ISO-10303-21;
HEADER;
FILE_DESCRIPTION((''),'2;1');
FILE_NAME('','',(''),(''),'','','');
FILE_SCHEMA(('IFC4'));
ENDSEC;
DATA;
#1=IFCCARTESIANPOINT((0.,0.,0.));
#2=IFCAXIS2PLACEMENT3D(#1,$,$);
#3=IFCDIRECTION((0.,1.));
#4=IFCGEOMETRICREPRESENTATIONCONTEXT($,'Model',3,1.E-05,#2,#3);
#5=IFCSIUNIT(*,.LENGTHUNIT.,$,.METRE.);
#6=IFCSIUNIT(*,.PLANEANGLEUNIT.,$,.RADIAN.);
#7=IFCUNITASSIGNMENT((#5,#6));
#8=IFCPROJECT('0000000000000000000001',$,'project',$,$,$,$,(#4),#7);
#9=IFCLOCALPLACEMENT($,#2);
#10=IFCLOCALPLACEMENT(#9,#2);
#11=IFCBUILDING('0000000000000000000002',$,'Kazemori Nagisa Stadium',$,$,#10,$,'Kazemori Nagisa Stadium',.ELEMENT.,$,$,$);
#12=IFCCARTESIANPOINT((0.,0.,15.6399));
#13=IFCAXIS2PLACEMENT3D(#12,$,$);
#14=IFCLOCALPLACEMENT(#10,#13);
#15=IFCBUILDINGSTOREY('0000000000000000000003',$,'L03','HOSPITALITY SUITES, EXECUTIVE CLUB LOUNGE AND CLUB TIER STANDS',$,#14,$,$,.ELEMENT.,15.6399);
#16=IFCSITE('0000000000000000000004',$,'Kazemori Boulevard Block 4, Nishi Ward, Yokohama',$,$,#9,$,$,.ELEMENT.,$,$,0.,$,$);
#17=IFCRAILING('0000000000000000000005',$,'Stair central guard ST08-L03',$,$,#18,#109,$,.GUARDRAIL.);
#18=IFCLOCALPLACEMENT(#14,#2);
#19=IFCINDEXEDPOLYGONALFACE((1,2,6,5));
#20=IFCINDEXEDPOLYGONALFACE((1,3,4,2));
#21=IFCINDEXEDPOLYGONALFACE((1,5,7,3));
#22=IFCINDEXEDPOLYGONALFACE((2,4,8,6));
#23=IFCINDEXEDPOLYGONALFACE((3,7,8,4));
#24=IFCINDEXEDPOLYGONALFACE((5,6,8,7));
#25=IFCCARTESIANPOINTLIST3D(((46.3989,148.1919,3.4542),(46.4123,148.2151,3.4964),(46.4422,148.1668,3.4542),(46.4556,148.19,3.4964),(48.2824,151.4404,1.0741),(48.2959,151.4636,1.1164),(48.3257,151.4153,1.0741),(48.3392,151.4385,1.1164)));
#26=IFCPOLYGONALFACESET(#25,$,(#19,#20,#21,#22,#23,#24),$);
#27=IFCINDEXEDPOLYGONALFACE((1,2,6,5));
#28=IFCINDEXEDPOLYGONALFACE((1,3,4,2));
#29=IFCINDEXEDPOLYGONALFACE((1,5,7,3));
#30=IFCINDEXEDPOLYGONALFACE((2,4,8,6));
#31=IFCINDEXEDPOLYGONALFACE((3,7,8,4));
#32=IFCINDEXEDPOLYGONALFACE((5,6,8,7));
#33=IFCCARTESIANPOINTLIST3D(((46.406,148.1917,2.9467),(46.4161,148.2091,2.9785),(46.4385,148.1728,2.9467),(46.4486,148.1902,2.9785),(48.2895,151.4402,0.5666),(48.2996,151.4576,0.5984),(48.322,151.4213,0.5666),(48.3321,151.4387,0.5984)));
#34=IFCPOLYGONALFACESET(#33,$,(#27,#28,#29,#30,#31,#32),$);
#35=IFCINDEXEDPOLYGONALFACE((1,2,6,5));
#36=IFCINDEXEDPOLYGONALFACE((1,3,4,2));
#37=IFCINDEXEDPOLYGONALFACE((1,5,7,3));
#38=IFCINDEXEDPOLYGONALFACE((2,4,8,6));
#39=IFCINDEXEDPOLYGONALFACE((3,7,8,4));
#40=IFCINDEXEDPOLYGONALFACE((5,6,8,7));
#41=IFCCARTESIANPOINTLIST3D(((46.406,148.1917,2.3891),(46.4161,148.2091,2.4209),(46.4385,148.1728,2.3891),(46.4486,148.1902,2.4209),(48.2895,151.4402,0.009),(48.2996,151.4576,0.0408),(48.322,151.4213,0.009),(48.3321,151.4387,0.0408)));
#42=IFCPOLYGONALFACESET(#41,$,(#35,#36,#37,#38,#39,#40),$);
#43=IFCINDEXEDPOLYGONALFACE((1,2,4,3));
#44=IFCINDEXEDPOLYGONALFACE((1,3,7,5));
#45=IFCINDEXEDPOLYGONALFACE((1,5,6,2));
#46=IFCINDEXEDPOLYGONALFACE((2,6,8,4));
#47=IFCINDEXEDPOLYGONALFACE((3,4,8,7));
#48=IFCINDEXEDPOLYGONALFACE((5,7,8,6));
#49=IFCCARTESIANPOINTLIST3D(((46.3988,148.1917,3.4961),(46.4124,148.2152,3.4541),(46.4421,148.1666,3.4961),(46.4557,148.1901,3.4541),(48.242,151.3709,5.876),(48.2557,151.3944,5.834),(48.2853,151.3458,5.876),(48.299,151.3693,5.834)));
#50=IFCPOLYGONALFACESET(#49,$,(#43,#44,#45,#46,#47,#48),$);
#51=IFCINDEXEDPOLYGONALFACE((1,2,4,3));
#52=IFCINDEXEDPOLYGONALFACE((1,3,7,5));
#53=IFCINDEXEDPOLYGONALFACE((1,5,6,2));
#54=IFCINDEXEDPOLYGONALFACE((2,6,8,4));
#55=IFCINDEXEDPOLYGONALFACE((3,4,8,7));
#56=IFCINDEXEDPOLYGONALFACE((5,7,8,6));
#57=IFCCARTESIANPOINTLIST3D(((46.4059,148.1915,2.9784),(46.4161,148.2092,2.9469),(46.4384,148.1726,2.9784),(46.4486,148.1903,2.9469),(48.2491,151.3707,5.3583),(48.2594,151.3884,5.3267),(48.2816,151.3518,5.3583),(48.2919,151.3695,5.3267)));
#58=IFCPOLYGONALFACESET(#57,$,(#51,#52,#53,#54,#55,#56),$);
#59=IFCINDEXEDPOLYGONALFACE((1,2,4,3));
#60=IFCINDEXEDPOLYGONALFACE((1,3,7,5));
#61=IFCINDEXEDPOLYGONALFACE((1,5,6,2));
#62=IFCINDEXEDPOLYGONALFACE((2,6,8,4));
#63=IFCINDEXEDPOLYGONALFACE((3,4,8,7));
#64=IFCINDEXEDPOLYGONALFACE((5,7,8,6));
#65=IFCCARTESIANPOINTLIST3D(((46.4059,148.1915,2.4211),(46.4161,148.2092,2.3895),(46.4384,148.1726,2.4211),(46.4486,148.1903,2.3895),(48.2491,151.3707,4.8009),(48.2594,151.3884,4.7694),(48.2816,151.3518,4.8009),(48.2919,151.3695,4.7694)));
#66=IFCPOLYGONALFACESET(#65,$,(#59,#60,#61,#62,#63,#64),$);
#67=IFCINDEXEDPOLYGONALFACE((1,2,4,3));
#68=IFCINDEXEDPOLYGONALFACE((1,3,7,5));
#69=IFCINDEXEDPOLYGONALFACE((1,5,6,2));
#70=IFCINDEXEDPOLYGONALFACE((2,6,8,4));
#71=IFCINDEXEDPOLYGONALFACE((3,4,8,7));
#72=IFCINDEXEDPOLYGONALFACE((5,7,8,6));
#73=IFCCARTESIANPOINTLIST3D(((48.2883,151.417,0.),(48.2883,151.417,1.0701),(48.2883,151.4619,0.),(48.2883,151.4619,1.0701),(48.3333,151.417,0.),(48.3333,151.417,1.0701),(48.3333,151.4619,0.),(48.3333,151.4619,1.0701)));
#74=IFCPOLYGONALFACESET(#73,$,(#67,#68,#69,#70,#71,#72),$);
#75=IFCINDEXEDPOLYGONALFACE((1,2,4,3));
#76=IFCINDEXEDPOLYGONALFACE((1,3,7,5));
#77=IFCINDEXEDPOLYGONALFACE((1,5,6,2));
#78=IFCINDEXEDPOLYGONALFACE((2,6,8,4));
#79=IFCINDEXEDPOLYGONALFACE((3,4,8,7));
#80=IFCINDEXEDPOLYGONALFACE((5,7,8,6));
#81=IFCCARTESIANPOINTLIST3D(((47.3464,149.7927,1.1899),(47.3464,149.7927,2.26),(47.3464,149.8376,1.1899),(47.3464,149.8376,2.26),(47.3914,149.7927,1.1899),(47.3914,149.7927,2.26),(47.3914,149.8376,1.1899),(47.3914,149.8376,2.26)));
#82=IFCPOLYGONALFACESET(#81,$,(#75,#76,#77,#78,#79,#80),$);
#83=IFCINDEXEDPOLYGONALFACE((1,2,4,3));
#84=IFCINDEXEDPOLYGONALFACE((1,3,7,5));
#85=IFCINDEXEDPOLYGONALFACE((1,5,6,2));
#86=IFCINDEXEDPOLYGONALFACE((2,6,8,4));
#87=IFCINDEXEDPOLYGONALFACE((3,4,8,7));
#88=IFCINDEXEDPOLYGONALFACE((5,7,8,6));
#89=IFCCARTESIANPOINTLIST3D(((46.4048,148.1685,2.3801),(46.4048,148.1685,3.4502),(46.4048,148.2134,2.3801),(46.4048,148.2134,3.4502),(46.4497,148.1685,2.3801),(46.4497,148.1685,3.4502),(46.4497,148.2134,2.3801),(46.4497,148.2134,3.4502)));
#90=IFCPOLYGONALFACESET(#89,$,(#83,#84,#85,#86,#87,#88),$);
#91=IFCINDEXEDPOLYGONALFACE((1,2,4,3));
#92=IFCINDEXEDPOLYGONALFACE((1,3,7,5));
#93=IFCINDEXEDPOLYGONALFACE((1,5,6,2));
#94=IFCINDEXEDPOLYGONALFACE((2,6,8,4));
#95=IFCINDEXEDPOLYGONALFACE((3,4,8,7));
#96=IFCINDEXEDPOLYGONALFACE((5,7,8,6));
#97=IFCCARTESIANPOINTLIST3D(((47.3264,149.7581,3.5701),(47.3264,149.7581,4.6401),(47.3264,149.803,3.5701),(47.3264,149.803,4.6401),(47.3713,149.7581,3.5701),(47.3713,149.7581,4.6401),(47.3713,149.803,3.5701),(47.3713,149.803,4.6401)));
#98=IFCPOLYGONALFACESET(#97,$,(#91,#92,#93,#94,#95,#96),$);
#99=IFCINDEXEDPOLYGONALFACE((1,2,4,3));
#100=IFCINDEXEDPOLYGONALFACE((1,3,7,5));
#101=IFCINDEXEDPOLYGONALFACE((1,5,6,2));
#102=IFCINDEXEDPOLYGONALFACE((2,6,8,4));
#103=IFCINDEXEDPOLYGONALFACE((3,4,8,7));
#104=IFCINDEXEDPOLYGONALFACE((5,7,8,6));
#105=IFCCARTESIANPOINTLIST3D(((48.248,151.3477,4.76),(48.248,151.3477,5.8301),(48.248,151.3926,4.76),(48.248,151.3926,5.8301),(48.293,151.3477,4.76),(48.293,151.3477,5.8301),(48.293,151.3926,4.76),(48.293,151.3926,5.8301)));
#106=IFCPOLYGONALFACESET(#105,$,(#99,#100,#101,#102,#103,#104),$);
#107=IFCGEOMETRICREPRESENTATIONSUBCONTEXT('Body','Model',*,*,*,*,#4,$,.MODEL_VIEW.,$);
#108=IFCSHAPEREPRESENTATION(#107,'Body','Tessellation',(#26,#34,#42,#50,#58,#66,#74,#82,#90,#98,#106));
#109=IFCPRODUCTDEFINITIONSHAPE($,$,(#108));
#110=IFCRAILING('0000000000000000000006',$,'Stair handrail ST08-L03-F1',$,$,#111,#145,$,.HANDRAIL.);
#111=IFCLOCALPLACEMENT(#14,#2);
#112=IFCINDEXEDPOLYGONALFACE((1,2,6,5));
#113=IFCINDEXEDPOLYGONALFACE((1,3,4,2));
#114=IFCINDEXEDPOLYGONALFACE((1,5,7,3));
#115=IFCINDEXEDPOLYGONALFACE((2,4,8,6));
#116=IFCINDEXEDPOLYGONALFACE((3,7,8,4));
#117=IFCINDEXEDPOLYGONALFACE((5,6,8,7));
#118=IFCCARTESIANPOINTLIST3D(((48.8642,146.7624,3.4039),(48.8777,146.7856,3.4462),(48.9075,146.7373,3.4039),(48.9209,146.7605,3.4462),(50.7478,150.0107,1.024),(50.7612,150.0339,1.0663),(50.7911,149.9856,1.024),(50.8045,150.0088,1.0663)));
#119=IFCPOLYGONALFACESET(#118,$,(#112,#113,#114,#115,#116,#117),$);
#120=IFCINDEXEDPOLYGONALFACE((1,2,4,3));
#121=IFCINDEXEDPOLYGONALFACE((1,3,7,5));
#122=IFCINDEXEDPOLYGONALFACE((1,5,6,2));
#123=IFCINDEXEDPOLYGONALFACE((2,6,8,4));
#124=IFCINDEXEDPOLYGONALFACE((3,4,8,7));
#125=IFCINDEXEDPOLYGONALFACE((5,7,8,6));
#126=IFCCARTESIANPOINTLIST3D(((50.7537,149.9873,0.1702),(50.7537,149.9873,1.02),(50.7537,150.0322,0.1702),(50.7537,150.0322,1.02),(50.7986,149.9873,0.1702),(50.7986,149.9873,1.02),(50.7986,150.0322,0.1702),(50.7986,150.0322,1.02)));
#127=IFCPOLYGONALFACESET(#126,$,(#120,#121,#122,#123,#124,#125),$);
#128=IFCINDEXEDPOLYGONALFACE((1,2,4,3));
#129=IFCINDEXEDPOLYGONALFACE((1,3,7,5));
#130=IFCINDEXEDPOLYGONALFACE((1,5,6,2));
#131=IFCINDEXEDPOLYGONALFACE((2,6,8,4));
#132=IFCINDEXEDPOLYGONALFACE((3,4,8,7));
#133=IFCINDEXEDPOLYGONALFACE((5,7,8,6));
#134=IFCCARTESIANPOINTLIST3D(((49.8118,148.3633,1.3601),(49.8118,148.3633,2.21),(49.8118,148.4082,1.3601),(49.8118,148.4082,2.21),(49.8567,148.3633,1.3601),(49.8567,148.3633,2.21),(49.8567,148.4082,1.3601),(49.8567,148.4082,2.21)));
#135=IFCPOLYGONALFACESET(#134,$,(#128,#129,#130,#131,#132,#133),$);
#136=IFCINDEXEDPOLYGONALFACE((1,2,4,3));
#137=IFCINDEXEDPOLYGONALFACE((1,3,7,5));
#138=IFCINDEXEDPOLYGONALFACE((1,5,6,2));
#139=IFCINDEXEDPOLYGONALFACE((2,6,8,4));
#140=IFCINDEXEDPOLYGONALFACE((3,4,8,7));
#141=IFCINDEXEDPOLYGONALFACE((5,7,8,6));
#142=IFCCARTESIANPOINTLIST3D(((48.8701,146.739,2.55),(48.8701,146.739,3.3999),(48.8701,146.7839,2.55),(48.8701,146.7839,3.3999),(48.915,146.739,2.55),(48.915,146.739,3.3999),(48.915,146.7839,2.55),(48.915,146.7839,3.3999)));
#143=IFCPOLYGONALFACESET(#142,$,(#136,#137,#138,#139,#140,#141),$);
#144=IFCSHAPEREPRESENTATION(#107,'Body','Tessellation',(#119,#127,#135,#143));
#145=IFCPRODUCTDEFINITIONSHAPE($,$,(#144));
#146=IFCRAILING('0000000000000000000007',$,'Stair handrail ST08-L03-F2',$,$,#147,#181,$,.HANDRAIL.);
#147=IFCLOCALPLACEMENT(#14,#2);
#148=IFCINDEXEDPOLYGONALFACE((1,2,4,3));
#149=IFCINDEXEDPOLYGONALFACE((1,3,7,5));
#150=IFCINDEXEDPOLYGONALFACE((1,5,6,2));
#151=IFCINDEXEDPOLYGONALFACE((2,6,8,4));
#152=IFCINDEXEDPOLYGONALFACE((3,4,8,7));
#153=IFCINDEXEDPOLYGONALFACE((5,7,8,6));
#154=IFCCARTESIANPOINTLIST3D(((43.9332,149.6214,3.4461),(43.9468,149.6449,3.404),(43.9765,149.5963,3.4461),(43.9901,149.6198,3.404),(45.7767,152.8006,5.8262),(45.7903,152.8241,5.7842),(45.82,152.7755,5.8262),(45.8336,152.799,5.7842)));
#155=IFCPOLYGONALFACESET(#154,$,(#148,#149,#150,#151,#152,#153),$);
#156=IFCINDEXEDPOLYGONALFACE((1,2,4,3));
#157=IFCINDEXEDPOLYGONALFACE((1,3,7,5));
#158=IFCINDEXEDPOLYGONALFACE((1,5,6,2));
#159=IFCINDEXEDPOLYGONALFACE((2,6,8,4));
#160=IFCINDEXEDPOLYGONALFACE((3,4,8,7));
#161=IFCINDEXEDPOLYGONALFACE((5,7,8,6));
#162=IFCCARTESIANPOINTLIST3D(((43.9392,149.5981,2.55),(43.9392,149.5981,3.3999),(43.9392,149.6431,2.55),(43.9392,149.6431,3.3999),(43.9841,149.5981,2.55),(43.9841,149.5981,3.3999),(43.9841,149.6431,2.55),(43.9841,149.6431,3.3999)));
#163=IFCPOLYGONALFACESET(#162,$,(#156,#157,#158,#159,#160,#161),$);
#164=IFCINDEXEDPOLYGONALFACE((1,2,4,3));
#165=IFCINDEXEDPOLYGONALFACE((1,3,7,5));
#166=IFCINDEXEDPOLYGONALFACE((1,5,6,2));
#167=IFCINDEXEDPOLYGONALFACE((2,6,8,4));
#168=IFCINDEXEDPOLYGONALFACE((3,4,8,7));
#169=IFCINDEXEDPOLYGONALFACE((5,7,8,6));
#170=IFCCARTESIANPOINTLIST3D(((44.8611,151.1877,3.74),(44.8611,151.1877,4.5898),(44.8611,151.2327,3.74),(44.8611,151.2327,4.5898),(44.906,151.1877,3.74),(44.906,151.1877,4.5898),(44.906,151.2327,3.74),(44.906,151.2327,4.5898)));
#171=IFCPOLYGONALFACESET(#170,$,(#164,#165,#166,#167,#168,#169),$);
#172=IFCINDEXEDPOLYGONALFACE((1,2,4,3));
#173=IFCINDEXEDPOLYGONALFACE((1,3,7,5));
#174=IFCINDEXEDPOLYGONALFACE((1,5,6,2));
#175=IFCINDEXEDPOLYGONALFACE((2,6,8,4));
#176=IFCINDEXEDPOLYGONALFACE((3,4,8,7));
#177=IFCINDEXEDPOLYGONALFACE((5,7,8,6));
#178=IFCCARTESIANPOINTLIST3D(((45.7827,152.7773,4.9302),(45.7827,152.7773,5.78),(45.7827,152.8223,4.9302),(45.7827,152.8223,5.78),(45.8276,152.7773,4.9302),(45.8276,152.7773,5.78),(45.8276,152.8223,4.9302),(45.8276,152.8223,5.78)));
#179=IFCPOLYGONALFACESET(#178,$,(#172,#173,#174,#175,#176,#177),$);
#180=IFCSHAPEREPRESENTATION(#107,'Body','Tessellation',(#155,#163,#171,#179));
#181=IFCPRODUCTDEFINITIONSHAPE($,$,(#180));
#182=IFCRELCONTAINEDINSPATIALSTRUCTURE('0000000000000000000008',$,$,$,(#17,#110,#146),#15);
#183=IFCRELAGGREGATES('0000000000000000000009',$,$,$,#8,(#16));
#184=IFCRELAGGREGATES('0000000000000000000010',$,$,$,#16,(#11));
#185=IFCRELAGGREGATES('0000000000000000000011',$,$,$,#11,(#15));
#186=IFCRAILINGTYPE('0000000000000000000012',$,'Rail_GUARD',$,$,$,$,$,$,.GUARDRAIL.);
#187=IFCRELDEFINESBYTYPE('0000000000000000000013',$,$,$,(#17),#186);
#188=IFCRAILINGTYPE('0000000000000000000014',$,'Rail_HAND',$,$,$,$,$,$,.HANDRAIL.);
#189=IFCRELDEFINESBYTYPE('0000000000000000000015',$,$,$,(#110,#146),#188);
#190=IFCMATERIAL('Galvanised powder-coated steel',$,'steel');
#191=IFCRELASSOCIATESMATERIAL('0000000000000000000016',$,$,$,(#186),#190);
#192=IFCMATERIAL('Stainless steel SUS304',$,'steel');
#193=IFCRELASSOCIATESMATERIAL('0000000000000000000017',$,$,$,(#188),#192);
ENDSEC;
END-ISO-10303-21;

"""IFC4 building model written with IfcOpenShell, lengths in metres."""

from ifc_helpers import new_model, si_unit, direction, frame, origin, origin_2d, place, context, subcontext, project, spatial, rectangle, extrude, material, type_object, element, save


model = new_model("IFC4")

# Units and contexts
model_context = context("Model", 3, precision=1e-05, world=origin(), true_north=direction((0.0, 1.0)))
body_context = subcontext(model_context, "Body", "Model", "MODEL_VIEW")
ifc_project = project(units=[si_unit("LENGTHUNIT", "METRE"), si_unit("PLANEANGLEUNIT", "RADIAN")], contexts=[model_context])

# Site, building, storey
site_placement = place(None, origin())
site = spatial("IfcSite", under=ifc_project, at=site_placement, Name="Kazemori Boulevard Block 4, Nishi Ward, Yokohama", CompositionType="ELEMENT", RefElevation=0.0)
building_placement = place(site_placement, origin())
building = spatial("IfcBuilding", under=site, at=building_placement, Name="Kazemori Nagisa Stadium", LongName="Kazemori Nagisa Stadium", CompositionType="ELEMENT")
storey_placement = place(building_placement, frame((0.0, 0.0, 15.6399)))
storey = spatial("IfcBuildingStorey", under=building, at=storey_placement, Name="L03", Description="HOSPITALITY SUITES, EXECUTIVE CLUB LOUNGE AND CLUB TIER STANDS", CompositionType="ELEMENT", Elevation=15.6399)

# Railings
ifc_material_1 = material(Name="Galvanised powder-coated steel", Category="steel")
railing_type_1 = type_object("IfcRailingType", Name="Rail_GUARD", PredefinedType="GUARDRAIL", material=ifc_material_1)
railing_1_placement = place(storey_placement, frame((48.3108, 151.4395, 0.0)))
element("IfcRailing", 1, at=railing_1_placement, inside=storey, type_object=railing_type_1, Name="Stair central guard ST08-L03", PredefinedType="GUARDRAIL", context=body_context, shape_type="SweptSolid", body=[
    extrude(rectangle(XDim=0.05, YDim=0.05, at=origin_2d()), frame((0.0, 0.0, 1.0952), z_axis=(-0.423662, -0.730687, 0.535357), x_axis=(0.865101, -0.501597, 0.0)), (0.0, 0.0, 1.0), 4.4458),
    extrude(rectangle(XDim=0.0376, YDim=0.0376, at=origin_2d()), frame((0.0, 0.0, 0.5825), z_axis=(-0.423662, -0.730687, 0.535357), x_axis=(0.865101, -0.501597, 0.0)), (0.0, 0.0, 1.0), 4.4458),
    extrude(rectangle(XDim=0.0376, YDim=0.0376, at=origin_2d()), frame((0.0, 0.0, 0.0249), z_axis=(-0.423662, -0.730687, 0.535357), x_axis=(0.865101, -0.501597, 0.0)), (0.0, 0.0, 1.0), 4.4458),
    extrude(rectangle(XDim=0.05, YDim=0.05, at=origin_2d()), frame((-1.8835, -3.2485, 3.4751), z_axis=(0.421008, 0.726141, 0.543574), x_axis=(-0.865111, 0.501581, 0.0)), (0.0, 0.0, 1.0), 4.3782),
    extrude(rectangle(XDim=0.0376, YDim=0.0376, at=origin_2d()), frame((-1.8835, -3.2485, 2.9626), z_axis=(0.421008, 0.726141, 0.543574), x_axis=(-0.865111, 0.501581, 0.0)), (0.0, 0.0, 1.0), 4.3782),
    extrude(rectangle(XDim=0.0376, YDim=0.0376, at=origin_2d()), frame((-1.8835, -3.2485, 2.4053), z_axis=(0.421008, 0.726141, 0.543574), x_axis=(-0.865111, 0.501581, 0.0)), (0.0, 0.0, 1.0), 4.3782),
    extrude(rectangle(XDim=0.0449, YDim=0.0449, at=origin_2d()), origin(), (0.0, 0.0, 1.0), 1.0701),
    extrude(rectangle(XDim=0.0449, YDim=0.0449, at=origin_2d()), frame((-0.9419, -1.6243, 1.1899)), (0.0, 0.0, 1.0), 1.0701),
    extrude(rectangle(XDim=0.0449, YDim=0.0449, at=origin_2d()), frame((-1.8835, -3.2485, 2.3801)), (0.0, 0.0, 1.0), 1.0701),
    extrude(rectangle(XDim=0.0449, YDim=0.0449, at=origin_2d()), frame((-0.9619, -1.6589, 3.5701)), (0.0, 0.0, 1.0), 1.0701),
    extrude(rectangle(XDim=0.0449, YDim=0.0449, at=origin_2d()), frame((-0.0403, -0.0693, 4.76)), (0.0, 0.0, 1.0), 1.0701),
])
ifc_material_2 = material(Name="Stainless steel SUS304", Category="steel")
railing_type_2 = type_object("IfcRailingType", Name="Rail_HAND", PredefinedType="HANDRAIL", material=ifc_material_2)
railing_2_placement = place(storey_placement, frame((50.7761, 150.0098, 0.1702)))
element("IfcRailing", 2, at=railing_2_placement, inside=storey, type_object=railing_type_2, Name="Stair handrail ST08-L03-F1", PredefinedType="HANDRAIL", context=body_context, shape_type="SweptSolid", body=[
    extrude(rectangle(XDim=0.05, YDim=0.05, at=origin_2d()), frame((0.0, 0.0, 0.875), z_axis=(-0.423692, -0.730683, 0.53534), x_axis=(0.865085, -0.501626, 0.0)), (0.0, 0.0, 1.0), 4.4456),
    extrude(rectangle(XDim=0.0449, YDim=0.0449, at=origin_2d()), origin(), (0.0, 0.0, 1.0), 0.8499),
    extrude(rectangle(XDim=0.0449, YDim=0.0449, at=origin_2d()), frame((-0.9419, -1.624, 1.1899)), (0.0, 0.0, 1.0), 0.8499),
    extrude(rectangle(XDim=0.0449, YDim=0.0449, at=origin_2d()), frame((-1.8835, -3.2483, 2.3799)), (0.0, 0.0, 1.0), 0.8499),
])
railing_3_placement = place(storey_placement, frame((43.9617, 149.6206, 2.55)))
element("IfcRailing", 3, at=railing_3_placement, inside=storey, type_object=railing_type_2, Name="Stair handrail ST08-L03-F2", PredefinedType="HANDRAIL", context=body_context, shape_type="SweptSolid", body=[
    extrude(rectangle(XDim=0.05, YDim=0.05, at=origin_2d()), frame((0.0, 0.0, 0.875), z_axis=(0.421041, 0.726101, 0.5436), x_axis=(-0.865082, 0.501631, 0.0)), (0.0, 0.0, 1.0), 4.3784),
    extrude(rectangle(XDim=0.0449, YDim=0.0449, at=origin_2d()), origin(), (0.0, 0.0, 1.0), 0.8499),
    extrude(rectangle(XDim=0.0449, YDim=0.0449, at=origin_2d()), frame((0.9219, 1.5896, 1.1899)), (0.0, 0.0, 1.0), 0.8499),
    extrude(rectangle(XDim=0.0449, YDim=0.0449, at=origin_2d()), frame((1.8435, 3.1792, 2.3801)), (0.0, 0.0, 1.0), 0.8499),
])

save(model, "model.ifc")
